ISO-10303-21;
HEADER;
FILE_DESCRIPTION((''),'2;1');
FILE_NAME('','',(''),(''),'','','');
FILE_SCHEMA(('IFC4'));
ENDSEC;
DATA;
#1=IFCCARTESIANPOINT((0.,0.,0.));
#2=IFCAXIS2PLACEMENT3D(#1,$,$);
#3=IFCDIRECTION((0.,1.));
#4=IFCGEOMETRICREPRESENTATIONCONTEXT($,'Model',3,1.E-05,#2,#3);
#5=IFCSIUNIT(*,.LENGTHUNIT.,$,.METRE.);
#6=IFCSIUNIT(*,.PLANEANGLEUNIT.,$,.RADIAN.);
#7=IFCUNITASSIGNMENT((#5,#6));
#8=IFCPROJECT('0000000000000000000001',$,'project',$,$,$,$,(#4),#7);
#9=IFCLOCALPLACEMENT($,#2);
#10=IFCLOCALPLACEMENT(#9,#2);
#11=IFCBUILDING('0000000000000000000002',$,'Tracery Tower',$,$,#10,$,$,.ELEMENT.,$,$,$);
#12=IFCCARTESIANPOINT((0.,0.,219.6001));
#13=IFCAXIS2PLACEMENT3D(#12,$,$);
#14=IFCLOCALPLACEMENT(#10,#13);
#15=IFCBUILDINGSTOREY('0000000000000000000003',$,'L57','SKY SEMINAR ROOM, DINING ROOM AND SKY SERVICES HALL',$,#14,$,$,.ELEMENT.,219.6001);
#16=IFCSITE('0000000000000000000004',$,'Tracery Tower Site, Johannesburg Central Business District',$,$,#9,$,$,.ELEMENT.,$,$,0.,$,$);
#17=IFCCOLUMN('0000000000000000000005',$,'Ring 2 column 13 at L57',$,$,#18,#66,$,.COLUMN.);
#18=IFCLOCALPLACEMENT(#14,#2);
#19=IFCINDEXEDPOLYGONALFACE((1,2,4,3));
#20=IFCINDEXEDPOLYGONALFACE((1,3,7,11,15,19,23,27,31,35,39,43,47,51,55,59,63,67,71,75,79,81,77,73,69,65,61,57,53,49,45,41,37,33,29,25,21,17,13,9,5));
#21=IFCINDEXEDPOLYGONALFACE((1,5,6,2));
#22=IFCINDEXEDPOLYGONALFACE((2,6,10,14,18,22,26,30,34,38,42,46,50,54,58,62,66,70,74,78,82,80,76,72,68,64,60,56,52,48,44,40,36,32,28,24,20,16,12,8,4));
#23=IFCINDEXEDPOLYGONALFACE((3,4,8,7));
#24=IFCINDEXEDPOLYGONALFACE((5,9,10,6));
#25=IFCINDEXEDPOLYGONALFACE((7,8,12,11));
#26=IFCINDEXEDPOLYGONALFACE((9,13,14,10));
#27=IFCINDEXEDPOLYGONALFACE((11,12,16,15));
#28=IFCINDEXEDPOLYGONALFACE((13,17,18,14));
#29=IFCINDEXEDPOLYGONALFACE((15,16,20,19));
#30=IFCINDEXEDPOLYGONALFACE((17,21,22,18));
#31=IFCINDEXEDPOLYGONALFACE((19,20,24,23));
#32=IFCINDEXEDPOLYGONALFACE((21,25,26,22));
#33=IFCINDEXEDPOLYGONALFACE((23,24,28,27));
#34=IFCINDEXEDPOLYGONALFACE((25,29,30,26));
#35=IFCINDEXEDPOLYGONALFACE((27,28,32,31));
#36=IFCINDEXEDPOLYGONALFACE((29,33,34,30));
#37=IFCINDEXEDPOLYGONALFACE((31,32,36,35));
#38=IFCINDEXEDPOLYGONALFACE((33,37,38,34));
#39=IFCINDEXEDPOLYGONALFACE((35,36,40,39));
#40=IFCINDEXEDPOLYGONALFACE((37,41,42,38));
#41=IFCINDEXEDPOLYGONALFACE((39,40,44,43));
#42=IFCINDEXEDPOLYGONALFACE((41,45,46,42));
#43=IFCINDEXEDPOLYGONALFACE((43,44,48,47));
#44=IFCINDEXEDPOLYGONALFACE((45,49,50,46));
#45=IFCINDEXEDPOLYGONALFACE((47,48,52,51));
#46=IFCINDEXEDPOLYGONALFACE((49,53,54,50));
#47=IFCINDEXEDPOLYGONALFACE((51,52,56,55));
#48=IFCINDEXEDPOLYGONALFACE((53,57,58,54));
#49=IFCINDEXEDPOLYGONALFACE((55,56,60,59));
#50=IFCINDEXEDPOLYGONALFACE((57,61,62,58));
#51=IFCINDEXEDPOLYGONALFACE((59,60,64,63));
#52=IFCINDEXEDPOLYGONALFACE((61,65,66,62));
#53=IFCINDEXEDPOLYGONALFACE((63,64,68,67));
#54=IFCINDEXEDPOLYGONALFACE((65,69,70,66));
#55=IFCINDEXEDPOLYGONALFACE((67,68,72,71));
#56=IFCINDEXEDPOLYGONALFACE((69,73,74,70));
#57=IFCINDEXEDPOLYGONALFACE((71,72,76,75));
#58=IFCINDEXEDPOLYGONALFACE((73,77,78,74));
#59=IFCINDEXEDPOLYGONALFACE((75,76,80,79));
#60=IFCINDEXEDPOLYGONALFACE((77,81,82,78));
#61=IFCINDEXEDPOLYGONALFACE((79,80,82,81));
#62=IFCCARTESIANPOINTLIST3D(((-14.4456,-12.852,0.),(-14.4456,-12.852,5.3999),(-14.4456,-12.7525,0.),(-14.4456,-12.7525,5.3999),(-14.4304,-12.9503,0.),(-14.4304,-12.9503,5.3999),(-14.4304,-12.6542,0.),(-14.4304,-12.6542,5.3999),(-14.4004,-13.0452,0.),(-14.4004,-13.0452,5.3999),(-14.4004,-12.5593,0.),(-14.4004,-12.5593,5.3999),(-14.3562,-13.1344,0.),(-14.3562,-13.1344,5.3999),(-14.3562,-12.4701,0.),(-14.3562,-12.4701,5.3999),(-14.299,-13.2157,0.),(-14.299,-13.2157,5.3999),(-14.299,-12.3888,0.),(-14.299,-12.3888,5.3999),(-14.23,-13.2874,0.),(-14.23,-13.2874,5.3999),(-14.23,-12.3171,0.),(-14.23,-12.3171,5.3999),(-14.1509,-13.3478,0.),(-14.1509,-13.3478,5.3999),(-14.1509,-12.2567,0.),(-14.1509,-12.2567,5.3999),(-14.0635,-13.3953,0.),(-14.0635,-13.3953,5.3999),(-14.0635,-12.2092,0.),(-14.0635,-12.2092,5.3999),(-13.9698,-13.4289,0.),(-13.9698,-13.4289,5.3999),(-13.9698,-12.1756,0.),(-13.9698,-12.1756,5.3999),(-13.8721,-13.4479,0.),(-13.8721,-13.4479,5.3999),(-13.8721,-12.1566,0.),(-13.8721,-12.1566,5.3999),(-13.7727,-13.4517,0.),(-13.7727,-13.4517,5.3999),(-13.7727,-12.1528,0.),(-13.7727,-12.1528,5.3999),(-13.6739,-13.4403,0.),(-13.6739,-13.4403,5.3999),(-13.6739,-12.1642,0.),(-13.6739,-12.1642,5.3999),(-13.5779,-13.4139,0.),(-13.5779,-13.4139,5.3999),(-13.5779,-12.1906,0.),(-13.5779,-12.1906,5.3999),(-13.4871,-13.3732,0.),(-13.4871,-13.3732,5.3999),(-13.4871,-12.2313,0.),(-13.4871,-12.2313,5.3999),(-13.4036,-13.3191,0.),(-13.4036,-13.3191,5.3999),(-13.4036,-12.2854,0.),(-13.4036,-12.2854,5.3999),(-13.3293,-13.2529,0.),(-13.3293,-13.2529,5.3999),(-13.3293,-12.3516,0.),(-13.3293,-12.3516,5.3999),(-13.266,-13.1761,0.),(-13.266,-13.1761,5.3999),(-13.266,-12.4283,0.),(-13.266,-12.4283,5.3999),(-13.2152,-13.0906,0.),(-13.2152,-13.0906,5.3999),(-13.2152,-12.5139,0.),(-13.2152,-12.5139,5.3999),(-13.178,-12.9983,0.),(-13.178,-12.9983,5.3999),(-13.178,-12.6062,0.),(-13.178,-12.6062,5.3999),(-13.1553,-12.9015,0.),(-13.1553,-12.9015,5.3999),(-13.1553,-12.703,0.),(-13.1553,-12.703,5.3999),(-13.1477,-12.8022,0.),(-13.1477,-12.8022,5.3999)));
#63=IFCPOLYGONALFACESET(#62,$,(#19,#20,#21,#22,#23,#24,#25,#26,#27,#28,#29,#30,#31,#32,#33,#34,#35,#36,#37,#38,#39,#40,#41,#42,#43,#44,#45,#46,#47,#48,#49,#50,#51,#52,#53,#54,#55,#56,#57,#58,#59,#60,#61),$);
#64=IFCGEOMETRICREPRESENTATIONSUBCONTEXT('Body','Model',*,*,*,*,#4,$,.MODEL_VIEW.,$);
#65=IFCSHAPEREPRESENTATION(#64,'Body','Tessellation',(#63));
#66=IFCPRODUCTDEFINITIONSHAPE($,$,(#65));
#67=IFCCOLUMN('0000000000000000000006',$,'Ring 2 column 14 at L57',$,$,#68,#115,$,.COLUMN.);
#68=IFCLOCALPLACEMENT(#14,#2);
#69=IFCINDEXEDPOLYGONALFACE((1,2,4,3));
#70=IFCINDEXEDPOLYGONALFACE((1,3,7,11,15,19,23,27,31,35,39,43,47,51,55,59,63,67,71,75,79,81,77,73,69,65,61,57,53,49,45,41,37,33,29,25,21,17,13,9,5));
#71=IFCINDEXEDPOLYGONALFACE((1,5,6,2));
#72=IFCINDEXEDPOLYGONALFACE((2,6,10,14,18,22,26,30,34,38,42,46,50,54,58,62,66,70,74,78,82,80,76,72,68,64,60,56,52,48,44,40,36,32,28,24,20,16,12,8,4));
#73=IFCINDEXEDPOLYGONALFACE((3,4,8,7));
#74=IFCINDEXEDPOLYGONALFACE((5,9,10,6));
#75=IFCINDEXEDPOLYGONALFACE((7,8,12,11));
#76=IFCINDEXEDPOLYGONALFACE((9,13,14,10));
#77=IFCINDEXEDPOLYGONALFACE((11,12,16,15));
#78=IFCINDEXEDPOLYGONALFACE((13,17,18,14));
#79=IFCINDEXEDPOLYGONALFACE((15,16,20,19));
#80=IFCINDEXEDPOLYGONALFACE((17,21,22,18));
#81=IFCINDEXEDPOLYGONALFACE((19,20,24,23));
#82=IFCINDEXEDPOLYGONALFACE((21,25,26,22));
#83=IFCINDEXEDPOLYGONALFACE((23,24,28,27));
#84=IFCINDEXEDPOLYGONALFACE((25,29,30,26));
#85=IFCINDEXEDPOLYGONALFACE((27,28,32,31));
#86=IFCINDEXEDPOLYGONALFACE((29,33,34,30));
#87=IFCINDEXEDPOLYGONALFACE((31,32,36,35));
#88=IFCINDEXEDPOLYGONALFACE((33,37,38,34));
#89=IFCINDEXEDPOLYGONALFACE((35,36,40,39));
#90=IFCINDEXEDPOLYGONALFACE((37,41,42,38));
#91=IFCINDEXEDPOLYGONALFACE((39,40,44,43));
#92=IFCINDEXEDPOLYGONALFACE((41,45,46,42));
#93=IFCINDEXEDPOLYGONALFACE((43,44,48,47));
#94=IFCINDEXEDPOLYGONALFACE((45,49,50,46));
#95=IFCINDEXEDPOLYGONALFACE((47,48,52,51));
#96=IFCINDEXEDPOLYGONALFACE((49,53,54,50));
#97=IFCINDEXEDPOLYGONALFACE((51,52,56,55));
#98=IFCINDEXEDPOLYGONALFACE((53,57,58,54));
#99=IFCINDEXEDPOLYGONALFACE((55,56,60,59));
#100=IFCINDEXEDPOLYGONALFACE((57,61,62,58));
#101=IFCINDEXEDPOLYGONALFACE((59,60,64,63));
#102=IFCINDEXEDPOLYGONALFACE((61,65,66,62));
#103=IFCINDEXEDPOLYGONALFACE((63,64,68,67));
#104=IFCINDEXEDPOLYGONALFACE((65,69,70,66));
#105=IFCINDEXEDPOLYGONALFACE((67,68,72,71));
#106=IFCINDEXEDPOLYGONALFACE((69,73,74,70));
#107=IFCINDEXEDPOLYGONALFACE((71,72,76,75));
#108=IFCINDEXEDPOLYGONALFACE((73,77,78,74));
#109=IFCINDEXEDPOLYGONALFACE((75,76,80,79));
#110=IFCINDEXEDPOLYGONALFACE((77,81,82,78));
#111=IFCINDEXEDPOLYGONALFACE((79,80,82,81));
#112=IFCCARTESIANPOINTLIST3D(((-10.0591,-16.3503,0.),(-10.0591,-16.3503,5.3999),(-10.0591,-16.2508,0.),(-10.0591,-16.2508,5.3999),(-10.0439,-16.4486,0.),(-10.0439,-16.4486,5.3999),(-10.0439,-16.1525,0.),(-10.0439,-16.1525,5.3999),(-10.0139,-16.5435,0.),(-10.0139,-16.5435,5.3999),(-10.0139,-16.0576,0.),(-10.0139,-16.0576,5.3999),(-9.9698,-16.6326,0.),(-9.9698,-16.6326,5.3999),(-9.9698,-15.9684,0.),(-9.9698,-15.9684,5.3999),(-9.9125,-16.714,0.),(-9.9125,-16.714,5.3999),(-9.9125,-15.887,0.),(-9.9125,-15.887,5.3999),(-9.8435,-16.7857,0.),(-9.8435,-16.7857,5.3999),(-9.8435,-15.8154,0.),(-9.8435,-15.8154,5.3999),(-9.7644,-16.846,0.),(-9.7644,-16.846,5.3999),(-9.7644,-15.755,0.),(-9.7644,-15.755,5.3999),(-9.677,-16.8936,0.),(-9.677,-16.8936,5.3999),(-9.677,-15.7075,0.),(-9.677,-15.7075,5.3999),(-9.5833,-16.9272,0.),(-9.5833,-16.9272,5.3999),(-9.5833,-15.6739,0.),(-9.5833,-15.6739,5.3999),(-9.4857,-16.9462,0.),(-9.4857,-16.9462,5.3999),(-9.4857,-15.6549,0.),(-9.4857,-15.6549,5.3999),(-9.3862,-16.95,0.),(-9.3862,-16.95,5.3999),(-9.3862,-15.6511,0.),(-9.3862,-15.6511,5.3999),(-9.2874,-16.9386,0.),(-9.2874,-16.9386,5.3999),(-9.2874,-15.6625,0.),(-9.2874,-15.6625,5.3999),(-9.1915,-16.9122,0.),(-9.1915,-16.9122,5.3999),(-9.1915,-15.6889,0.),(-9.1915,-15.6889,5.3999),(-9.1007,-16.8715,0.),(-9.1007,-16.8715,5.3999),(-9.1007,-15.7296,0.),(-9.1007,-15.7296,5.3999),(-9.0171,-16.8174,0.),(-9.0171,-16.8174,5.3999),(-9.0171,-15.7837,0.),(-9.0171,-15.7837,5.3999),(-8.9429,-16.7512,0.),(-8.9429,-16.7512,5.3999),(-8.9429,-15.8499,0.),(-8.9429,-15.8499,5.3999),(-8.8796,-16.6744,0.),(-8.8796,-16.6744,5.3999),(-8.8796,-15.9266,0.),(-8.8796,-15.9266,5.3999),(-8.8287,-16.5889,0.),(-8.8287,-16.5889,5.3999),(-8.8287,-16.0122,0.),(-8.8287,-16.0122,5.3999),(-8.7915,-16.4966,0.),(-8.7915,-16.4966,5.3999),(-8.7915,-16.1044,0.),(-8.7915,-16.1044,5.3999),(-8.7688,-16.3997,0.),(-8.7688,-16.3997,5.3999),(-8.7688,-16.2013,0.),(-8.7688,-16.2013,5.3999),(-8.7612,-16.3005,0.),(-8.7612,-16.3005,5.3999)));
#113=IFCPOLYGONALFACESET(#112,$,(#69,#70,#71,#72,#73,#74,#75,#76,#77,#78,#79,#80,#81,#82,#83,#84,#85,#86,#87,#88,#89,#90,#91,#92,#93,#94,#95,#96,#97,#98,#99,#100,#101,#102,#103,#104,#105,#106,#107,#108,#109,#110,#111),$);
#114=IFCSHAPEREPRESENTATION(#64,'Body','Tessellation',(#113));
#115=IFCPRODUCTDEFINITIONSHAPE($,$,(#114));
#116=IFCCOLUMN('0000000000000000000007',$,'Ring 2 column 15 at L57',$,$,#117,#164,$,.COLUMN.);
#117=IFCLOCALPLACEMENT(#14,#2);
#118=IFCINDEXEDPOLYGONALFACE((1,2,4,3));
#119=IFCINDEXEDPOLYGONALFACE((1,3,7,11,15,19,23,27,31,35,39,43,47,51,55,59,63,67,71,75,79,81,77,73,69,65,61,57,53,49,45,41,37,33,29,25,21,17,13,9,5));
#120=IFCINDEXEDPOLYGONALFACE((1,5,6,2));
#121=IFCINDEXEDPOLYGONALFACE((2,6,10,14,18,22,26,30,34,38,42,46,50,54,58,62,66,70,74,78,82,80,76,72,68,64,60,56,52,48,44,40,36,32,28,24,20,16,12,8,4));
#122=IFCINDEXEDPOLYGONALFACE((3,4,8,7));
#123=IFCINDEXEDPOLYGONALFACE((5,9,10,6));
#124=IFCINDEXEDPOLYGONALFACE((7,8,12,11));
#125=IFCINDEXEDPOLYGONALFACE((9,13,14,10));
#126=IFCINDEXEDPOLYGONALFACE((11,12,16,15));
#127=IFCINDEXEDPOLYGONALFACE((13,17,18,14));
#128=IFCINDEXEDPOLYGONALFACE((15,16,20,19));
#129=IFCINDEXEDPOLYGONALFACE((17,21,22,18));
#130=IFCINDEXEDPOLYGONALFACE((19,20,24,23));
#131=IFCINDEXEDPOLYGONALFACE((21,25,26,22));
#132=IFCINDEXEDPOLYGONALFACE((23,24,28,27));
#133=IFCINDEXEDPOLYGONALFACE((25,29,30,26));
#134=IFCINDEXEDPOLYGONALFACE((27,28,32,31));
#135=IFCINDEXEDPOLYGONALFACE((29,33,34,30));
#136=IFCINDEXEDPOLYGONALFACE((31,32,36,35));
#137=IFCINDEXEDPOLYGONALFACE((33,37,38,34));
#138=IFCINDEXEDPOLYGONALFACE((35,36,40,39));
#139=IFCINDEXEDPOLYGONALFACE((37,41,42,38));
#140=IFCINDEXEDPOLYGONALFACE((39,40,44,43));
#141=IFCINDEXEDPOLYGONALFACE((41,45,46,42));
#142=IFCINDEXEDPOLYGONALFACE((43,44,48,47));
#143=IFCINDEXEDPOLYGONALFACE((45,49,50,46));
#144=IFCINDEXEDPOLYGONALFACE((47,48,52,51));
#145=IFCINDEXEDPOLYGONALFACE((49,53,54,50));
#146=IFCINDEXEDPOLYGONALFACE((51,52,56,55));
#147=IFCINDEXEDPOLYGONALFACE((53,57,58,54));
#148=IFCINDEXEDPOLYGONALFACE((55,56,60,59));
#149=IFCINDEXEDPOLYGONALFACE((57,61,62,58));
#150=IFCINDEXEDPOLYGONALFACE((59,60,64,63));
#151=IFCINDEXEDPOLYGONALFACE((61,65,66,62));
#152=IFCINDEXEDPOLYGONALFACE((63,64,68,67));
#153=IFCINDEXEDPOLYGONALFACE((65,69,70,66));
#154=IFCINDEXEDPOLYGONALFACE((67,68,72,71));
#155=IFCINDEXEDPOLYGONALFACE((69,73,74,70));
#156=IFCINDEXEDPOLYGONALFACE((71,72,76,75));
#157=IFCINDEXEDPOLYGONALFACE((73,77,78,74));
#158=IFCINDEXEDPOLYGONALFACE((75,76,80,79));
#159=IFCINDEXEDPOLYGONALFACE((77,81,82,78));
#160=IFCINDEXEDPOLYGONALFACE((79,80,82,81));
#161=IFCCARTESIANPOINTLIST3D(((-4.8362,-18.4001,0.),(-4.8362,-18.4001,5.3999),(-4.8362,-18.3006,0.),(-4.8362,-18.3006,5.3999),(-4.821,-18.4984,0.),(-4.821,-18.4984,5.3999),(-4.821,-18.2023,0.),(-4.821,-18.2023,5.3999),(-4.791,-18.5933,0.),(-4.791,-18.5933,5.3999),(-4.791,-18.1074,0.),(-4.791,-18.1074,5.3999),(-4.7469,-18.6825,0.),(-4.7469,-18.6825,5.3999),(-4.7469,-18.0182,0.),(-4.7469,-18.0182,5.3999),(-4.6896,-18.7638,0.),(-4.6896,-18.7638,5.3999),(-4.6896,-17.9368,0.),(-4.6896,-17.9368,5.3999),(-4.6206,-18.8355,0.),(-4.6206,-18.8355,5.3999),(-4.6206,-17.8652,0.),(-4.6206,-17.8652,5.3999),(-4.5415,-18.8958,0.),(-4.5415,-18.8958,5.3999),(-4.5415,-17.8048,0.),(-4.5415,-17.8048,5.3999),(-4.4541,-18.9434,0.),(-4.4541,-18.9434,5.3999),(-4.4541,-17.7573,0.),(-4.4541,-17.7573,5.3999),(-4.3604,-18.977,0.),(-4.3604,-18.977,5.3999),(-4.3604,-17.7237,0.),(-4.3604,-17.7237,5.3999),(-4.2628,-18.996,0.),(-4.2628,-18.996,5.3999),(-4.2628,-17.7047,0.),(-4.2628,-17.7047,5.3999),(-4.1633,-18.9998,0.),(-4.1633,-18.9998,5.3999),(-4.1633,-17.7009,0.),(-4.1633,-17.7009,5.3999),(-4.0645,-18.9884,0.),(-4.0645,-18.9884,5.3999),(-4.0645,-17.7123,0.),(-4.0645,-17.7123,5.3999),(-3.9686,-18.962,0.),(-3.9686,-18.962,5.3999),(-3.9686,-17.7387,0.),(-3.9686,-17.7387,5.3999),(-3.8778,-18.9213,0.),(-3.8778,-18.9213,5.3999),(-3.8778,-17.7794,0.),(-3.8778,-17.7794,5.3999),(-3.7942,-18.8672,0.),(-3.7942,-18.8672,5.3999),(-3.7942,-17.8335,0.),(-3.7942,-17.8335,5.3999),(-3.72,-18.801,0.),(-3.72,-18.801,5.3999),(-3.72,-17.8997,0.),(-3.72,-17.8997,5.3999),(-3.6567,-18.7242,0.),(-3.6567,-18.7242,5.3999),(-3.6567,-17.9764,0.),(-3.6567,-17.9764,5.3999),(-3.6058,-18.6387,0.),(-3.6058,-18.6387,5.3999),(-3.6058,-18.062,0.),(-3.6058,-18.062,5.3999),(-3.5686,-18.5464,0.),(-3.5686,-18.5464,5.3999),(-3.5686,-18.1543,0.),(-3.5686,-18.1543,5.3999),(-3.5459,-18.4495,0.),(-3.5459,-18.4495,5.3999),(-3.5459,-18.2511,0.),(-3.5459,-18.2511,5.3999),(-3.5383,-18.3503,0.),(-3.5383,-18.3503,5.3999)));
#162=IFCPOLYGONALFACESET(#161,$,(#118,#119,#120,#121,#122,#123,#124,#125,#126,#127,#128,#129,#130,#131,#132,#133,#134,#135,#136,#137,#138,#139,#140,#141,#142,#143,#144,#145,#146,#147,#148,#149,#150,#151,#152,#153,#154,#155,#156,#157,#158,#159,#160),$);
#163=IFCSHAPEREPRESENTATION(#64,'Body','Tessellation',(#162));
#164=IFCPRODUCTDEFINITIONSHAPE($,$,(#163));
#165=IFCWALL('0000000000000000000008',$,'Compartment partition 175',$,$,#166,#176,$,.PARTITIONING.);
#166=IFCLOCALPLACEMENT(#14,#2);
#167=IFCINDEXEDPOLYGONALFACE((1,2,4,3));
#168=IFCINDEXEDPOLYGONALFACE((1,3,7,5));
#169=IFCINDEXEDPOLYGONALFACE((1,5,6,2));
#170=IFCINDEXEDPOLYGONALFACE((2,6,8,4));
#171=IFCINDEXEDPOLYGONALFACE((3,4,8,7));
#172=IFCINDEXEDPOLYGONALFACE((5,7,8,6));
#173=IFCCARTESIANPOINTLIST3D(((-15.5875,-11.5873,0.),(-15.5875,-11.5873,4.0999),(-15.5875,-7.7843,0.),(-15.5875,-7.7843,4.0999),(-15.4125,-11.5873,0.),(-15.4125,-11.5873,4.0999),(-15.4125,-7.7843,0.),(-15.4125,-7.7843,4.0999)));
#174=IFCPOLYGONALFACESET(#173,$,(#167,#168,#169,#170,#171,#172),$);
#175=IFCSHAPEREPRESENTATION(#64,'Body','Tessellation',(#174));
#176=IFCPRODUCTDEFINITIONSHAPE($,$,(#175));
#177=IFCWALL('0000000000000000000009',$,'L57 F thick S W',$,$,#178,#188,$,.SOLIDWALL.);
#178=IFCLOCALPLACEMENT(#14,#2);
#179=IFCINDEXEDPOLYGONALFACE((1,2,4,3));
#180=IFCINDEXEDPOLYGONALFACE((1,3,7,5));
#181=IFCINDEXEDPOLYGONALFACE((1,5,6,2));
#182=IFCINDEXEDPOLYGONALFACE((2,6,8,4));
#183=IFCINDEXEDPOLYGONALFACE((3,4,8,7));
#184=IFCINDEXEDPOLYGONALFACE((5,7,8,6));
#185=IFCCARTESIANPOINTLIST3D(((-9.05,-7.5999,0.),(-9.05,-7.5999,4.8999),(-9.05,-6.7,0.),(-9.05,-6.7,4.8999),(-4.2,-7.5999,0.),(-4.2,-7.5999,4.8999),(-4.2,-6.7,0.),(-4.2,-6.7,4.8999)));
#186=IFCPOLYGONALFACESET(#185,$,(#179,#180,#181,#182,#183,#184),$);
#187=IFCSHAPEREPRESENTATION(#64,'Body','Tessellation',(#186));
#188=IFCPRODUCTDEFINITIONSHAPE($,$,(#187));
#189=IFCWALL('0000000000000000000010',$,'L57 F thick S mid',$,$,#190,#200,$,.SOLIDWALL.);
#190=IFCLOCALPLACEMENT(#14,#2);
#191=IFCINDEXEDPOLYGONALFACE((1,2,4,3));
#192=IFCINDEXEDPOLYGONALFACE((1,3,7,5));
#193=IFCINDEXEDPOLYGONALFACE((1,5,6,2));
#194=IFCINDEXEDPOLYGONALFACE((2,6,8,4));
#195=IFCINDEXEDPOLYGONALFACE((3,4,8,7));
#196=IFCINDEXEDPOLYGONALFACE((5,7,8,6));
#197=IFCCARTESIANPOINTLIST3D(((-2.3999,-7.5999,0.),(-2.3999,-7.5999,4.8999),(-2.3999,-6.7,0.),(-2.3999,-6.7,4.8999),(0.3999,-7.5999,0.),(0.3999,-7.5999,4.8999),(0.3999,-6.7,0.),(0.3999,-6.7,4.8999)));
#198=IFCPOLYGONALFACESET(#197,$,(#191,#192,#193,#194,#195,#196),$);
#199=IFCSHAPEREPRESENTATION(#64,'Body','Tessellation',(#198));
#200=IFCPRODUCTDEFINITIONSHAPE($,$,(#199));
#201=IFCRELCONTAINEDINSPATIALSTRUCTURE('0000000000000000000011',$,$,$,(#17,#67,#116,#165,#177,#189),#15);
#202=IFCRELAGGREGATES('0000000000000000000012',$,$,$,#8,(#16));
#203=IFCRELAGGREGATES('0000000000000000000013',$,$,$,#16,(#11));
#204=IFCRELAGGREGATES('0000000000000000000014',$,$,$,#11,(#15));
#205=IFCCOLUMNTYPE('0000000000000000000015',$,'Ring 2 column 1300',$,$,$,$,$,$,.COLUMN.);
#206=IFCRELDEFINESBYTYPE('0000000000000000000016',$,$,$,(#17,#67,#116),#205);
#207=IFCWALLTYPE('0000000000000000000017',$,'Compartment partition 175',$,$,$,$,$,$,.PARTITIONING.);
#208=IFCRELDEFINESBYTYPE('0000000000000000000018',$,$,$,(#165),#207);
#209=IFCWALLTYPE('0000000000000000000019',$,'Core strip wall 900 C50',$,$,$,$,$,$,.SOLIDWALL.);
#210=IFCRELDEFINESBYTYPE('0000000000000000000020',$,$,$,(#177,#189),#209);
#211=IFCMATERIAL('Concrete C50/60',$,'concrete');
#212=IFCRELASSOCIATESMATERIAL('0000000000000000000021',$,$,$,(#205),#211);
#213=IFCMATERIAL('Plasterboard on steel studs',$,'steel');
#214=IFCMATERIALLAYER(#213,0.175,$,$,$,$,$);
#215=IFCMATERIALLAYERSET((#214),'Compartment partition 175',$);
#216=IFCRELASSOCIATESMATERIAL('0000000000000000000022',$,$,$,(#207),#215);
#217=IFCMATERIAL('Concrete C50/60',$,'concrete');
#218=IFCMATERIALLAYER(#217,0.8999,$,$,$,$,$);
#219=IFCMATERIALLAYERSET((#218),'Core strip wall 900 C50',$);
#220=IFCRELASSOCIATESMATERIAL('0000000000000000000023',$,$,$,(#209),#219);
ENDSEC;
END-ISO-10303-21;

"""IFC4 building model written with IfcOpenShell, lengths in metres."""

from ifc_helpers import new_model, si_unit, direction, frame, frame_2d, origin, origin_2d, place, context, subcontext, project, spatial, rectangle, circle, extrude, material, layer, layer_set, material_profile, profile_set, type_object, element, save


model = new_model("IFC4")

# Units and contexts
model_context = context("Model", 3, precision=1e-05, world=origin(), true_north=direction((0.0, 1.0)))
body_context = subcontext(model_context, "Body", "Model", "MODEL_VIEW")
ifc_project = project(units=[si_unit("LENGTHUNIT", "METRE"), si_unit("PLANEANGLEUNIT", "RADIAN")], contexts=[model_context])

# Site, building, storey
site_placement = place(None, origin())
site = spatial("IfcSite", under=ifc_project, at=site_placement, Name="Tracery Tower Site, Johannesburg Central Business District", CompositionType="ELEMENT", RefElevation=0.0)
building_placement = place(site_placement, origin())
building = spatial("IfcBuilding", under=site, at=building_placement, Name="Tracery Tower", CompositionType="ELEMENT")
storey_placement = place(building_placement, frame((0.0, 0.0, 219.6001)))
storey = spatial("IfcBuildingStorey", under=building, at=storey_placement, Name="L57", Description="SKY SEMINAR ROOM, DINING ROOM AND SKY SERVICES HALL", CompositionType="ELEMENT", Elevation=219.6001)

# Columns
ifc_material_1 = material(Name="Concrete C50/60", Category="concrete")
ifc_material_profile = material_profile(ifc_material_1, circle(Radius=0.6499, at=origin_2d()), Name="RC D1300")
ifc_profile_set = profile_set([ifc_material_profile], Name="Concrete C50/60")
column_type = type_object("IfcColumnType", Name="Ring 2 column 1300", PredefinedType="COLUMN", material=ifc_profile_set)
for number, where, z_axis, x_axis, name in (
    (1, (-13.7976, -12.8022, 0.0), (0.0, 0.0, 1.0), (1.0, 0.0, 0.0), "Ring 2 column 13 at L57"),
    (2, (-9.4111, -16.3005, 0.0), (0.0, 0.0, 1.0), (1.0, 0.0, 0.0), "Ring 2 column 14 at L57"),
    (3, (-4.1882, -18.3503, 0.0), (0.0, 0.0, 1.0), (1.0, 0.0, 0.0), "Ring 2 column 15 at L57"),
):
    element("IfcColumn", number, at=place(storey_placement, frame(where, z_axis=z_axis, x_axis=x_axis)), inside=storey, type_object=column_type, Name=name, PredefinedType="COLUMN", context=body_context, shape_type="SweptSolid", body=[
        extrude(circle(Radius=0.6499, at=origin_2d()), origin(), (0.0, 0.0, 1.0), 5.3999),
    ])

# Shared definitions
ifc_material_2 = material(Name="Plasterboard on steel studs", Category="steel")
ifc_layer_1 = layer(ifc_material_2, 0.175)
ifc_layer_set_1 = layer_set([ifc_layer_1], Name="Compartment partition 175")
wall_type_1 = type_object("IfcWallType", Name="Compartment partition 175", PredefinedType="PARTITIONING", material=ifc_layer_set_1)

# Walls
wall_1_placement = place(storey_placement, frame((-15.5, -7.7844, 0.0), z_axis=(0.0, 0.0, 1.0), x_axis=(0.0, -1.0, 0.0)))
element("IfcWall", 4, at=wall_1_placement, inside=storey, type_object=wall_type_1, Name="Compartment partition 175", PredefinedType="PARTITIONING", context=body_context, shape_type="SweptSolid", body=[
    extrude(rectangle(XDim=3.803, YDim=0.175, at=frame_2d((1.9014, 0.0))), origin(), (0.0, 0.0, 1.0), 4.0999),
])
ifc_material_3 = material(Name="Concrete C50/60", Category="concrete")
ifc_layer_2 = layer(ifc_material_3, 0.8999)
ifc_layer_set_2 = layer_set([ifc_layer_2], Name="Core strip wall 900 C50")
wall_type_2 = type_object("IfcWallType", Name="Core strip wall 900 C50", PredefinedType="SOLIDWALL", material=ifc_layer_set_2)
wall_2_placement = place(storey_placement, frame((-9.05, -7.1499, 0.0), z_axis=(0.0, 0.0, 1.0), x_axis=(1.0, 0.0, 0.0)))
element("IfcWall", 5, at=wall_2_placement, inside=storey, type_object=wall_type_2, Name="L57 F thick S W", PredefinedType="SOLIDWALL", context=body_context, shape_type="SweptSolid", body=[
    extrude(rectangle(XDim=4.8501, YDim=0.8999, at=frame_2d((2.425, 0.0))), origin(), (0.0, 0.0, 1.0), 4.8999),
])
wall_3_placement = place(storey_placement, frame((-2.3999, -7.1499, 0.0), z_axis=(0.0, 0.0, 1.0), x_axis=(1.0, 0.0, 0.0)))
element("IfcWall", 6, at=wall_3_placement, inside=storey, type_object=wall_type_2, Name="L57 F thick S mid", PredefinedType="SOLIDWALL", context=body_context, shape_type="SweptSolid", body=[
    extrude(rectangle(XDim=2.7998, YDim=0.8999, at=frame_2d((1.3999, 0.0))), origin(), (0.0, 0.0, 1.0), 4.8999),
])

save(model, "model.ifc")
